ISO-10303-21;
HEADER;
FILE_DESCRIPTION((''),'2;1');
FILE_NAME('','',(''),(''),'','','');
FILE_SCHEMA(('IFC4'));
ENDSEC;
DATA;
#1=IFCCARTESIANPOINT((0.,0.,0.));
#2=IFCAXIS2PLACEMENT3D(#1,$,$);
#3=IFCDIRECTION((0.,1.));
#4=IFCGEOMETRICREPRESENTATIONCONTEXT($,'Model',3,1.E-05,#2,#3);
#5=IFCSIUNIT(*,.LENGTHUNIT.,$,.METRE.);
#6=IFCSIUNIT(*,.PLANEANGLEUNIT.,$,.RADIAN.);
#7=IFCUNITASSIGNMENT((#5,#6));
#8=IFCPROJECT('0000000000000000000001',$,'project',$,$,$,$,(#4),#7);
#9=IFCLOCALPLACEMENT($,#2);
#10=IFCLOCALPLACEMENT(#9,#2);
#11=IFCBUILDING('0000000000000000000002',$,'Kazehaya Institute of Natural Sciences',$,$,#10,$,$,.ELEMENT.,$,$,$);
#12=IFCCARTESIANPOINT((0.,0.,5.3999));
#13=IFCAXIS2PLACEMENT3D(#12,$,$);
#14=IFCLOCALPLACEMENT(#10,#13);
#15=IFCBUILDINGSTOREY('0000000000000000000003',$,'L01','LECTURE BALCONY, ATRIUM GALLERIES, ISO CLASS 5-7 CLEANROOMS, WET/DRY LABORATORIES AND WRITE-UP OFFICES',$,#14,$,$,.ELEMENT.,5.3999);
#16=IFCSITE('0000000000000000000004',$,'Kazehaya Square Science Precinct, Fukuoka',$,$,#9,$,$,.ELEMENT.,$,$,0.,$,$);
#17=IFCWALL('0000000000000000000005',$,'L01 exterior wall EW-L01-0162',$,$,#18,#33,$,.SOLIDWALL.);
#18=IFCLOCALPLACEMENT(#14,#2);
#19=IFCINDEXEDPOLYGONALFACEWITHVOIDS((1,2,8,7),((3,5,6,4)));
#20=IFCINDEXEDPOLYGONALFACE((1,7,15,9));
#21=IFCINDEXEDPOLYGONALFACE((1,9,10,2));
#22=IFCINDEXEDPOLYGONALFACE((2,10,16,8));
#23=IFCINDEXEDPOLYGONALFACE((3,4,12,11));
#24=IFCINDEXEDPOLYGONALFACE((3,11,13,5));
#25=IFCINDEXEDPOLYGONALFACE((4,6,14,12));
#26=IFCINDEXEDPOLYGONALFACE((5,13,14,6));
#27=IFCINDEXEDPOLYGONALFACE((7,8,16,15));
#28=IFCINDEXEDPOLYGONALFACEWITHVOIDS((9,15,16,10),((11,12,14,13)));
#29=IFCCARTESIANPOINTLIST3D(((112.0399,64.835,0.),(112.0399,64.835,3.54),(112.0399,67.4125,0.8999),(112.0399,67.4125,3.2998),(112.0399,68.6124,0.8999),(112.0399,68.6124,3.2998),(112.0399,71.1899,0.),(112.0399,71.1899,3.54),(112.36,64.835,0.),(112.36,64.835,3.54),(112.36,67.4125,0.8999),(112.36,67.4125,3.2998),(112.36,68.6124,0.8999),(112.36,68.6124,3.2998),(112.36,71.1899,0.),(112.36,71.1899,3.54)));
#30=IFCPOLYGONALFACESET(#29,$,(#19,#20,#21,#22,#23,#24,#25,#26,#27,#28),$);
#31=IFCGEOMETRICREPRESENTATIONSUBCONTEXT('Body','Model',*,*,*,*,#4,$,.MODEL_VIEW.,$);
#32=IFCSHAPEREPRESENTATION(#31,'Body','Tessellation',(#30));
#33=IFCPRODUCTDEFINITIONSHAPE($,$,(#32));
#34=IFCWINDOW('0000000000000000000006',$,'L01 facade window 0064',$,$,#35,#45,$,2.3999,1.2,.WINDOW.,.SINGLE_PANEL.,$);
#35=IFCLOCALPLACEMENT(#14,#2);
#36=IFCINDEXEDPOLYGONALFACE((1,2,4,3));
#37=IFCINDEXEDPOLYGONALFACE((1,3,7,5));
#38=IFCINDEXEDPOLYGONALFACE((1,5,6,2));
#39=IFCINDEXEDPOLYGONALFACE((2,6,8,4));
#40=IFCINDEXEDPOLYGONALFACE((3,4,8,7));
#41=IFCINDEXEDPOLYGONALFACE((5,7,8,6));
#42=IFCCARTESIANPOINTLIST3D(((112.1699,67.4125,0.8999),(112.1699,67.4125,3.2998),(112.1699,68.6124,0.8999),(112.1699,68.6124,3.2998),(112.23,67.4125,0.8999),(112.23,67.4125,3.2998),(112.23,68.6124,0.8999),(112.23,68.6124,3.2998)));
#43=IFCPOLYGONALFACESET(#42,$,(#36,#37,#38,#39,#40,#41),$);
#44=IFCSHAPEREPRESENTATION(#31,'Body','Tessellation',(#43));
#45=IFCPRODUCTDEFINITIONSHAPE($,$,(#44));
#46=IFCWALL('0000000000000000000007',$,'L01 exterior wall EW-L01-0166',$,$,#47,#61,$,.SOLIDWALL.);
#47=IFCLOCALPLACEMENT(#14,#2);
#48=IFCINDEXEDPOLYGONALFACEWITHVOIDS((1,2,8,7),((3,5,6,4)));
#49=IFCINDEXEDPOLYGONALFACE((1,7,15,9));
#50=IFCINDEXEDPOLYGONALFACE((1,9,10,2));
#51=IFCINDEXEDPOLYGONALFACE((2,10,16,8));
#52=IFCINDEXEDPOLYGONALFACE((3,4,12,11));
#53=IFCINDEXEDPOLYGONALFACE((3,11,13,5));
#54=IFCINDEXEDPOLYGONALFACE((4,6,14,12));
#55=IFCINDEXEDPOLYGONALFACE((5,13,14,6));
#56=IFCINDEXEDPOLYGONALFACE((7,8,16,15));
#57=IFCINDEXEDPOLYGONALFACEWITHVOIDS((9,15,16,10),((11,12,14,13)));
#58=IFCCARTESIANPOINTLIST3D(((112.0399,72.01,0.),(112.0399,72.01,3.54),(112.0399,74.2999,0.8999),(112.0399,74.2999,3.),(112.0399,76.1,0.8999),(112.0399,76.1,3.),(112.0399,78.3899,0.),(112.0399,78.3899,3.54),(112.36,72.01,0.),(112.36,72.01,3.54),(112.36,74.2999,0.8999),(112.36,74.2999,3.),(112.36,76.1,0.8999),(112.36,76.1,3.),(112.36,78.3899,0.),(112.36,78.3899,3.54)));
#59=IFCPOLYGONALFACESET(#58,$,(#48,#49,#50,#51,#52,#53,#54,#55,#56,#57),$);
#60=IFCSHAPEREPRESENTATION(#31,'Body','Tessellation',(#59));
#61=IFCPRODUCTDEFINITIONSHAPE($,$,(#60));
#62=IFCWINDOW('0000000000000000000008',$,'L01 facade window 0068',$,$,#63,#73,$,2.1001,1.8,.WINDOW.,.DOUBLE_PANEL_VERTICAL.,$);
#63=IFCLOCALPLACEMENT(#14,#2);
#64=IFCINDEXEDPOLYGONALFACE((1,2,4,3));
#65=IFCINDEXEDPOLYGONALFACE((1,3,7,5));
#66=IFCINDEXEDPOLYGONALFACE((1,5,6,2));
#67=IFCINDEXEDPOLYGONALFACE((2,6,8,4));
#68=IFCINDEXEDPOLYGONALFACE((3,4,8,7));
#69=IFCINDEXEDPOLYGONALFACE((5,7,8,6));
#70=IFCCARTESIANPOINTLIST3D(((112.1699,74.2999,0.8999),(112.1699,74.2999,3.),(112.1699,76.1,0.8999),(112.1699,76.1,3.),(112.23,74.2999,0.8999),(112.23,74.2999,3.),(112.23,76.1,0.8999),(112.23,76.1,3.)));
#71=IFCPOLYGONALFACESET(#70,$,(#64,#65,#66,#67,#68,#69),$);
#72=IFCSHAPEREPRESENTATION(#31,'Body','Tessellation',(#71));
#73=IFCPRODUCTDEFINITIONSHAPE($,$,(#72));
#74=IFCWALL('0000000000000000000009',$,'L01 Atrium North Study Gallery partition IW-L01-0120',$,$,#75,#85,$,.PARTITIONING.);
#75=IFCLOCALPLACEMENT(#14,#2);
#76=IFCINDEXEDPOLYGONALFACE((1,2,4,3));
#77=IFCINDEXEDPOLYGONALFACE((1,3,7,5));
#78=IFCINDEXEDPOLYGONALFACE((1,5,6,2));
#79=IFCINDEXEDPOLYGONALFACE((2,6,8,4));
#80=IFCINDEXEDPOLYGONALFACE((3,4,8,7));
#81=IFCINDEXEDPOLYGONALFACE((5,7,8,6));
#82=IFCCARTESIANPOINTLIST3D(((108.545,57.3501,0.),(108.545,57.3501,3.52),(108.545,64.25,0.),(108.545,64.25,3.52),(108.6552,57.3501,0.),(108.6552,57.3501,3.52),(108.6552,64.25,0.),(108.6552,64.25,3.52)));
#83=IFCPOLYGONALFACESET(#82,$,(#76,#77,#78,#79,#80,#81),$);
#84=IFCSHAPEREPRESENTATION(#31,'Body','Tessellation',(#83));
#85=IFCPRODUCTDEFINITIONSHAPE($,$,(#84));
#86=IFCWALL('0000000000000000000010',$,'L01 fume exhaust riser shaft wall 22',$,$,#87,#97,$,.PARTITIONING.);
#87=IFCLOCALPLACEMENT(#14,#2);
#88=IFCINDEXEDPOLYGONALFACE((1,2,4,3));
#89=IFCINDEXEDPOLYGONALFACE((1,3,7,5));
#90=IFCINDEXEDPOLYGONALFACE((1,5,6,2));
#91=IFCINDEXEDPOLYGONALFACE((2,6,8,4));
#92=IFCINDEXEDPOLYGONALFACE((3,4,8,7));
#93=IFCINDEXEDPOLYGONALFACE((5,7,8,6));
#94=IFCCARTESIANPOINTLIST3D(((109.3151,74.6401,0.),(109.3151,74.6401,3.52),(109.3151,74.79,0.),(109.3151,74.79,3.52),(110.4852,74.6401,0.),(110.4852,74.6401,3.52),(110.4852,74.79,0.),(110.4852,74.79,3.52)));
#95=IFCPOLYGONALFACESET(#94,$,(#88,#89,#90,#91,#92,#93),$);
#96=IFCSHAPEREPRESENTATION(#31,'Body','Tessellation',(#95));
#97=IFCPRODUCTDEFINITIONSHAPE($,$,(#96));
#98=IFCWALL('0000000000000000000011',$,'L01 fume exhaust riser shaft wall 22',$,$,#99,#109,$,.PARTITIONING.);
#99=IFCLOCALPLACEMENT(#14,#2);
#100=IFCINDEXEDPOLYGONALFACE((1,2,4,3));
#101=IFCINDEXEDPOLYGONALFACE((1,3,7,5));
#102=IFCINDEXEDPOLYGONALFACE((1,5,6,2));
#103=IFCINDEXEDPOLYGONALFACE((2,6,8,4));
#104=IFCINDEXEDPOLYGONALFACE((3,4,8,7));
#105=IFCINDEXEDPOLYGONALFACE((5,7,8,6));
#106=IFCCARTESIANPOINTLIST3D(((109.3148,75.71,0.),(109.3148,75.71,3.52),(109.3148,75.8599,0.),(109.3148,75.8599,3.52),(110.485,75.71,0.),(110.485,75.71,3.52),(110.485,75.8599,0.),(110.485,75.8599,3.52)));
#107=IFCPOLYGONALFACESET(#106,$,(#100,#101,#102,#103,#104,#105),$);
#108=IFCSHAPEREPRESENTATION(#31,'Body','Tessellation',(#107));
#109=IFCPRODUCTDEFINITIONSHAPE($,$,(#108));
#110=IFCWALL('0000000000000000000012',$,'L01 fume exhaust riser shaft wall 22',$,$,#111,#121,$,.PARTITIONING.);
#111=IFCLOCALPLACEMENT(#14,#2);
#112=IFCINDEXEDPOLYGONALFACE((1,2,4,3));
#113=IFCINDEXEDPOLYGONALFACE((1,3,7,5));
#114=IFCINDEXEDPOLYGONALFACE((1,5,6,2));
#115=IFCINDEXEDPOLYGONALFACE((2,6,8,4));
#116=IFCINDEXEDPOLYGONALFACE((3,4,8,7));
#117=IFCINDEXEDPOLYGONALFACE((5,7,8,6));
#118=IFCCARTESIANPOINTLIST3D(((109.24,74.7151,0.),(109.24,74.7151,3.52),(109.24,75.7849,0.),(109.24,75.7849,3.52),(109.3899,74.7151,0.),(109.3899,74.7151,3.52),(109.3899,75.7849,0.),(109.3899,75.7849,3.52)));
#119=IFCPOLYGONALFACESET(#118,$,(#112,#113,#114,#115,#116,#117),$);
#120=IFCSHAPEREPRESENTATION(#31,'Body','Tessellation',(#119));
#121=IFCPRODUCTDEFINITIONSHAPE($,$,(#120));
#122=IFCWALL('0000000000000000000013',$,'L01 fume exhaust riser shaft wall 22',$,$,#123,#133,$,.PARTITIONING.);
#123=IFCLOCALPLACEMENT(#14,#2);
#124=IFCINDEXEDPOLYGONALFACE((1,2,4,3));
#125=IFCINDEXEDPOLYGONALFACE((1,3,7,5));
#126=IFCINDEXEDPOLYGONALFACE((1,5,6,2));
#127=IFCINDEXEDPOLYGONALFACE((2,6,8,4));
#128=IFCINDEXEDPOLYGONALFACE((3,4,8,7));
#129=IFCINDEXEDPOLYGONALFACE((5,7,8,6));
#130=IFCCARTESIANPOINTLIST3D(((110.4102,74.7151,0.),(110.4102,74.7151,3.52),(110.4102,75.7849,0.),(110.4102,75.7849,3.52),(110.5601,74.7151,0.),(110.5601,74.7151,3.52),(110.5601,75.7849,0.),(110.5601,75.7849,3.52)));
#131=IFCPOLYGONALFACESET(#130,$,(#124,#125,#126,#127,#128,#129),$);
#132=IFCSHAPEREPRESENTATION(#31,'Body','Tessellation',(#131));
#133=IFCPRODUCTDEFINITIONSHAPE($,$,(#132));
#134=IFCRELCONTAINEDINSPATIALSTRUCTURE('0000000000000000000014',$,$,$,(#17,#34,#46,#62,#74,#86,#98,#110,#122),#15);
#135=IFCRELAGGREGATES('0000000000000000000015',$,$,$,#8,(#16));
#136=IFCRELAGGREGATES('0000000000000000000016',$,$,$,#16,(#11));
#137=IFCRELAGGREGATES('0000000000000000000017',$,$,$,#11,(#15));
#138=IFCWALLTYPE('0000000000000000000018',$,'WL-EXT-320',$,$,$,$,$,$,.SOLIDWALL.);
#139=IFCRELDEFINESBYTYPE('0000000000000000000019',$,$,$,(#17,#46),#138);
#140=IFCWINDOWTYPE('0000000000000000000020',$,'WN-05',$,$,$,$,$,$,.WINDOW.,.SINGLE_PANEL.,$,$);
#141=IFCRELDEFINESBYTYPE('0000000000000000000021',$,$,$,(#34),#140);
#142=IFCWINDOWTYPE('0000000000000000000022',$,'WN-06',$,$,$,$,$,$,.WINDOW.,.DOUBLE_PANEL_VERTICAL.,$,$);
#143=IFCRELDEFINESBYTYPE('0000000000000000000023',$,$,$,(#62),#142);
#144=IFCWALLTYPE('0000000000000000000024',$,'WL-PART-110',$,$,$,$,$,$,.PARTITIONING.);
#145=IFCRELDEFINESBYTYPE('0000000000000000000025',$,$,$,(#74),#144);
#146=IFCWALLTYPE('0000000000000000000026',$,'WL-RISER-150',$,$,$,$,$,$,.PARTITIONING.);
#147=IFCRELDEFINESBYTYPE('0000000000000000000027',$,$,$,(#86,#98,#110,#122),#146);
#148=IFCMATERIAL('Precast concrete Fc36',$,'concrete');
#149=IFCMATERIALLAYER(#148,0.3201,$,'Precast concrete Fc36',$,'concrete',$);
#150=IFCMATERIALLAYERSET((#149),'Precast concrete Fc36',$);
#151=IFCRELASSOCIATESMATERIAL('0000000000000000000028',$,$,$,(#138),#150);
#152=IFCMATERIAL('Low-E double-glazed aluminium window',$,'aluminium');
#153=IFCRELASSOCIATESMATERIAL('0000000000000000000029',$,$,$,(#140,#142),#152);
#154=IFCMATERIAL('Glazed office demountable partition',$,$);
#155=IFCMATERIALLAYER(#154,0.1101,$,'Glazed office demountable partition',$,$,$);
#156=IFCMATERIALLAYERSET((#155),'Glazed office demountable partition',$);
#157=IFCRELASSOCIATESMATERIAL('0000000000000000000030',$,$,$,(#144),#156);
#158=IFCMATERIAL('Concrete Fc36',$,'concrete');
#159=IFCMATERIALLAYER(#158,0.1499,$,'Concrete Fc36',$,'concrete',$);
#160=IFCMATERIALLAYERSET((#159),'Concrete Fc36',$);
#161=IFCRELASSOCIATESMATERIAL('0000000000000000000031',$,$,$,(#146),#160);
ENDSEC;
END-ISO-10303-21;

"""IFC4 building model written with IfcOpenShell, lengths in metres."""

from ifc_helpers import new_model, si_unit, direction, frame, frame_2d, origin, place, context, subcontext, project, spatial, rectangle, extrude, material, layer, layer_set, type_object, element, fill, save


model = new_model("IFC4")

# Units and contexts
model_context = context("Model", 3, precision=1e-05, world=origin(), true_north=direction((0.0, 1.0)))
body_context = subcontext(model_context, "Body", "Model", "MODEL_VIEW")
ifc_project = project(units=[si_unit("LENGTHUNIT", "METRE"), si_unit("PLANEANGLEUNIT", "RADIAN")], contexts=[model_context])

# Site, building, storey
site_placement = place(None, origin())
site = spatial("IfcSite", under=ifc_project, at=site_placement, Name="Kazehaya Square Science Precinct, Fukuoka", CompositionType="ELEMENT", RefElevation=0.0)
building_placement = place(site_placement, origin())
building = spatial("IfcBuilding", under=site, at=building_placement, Name="Kazehaya Institute of Natural Sciences", CompositionType="ELEMENT")
storey_placement = place(building_placement, frame((0.0, 0.0, 5.3999)))
storey = spatial("IfcBuildingStorey", under=building, at=storey_placement, Name="L01", Description="LECTURE BALCONY, ATRIUM GALLERIES, ISO CLASS 5-7 CLEANROOMS, WET/DRY LABORATORIES AND WRITE-UP OFFICES", CompositionType="ELEMENT", Elevation=5.3999)

# Shared definitions
ifc_material_1 = material(Name="Concrete Fc36", Category="concrete")

# Walls, openings, windows
ifc_material_2 = material(Name="Precast concrete Fc36", Category="concrete")
ifc_layer_1 = layer(ifc_material_2, 0.3201, Name="Precast concrete Fc36", Category="concrete")
ifc_layer_set_1 = layer_set([ifc_layer_1], Name="Precast concrete Fc36")
wall_type_1 = type_object("IfcWallType", Name="WL-EXT-320", PredefinedType="SOLIDWALL", material=ifc_layer_set_1)
wall_1_placement = place(storey_placement, frame((112.2, 71.1899, 0.0), z_axis=(0.0, 0.0, 1.0), x_axis=(0.0, -1.0, 0.0)))
wall_1 = element("IfcWall", 1, at=wall_1_placement, inside=storey, type_object=wall_type_1, Name="L01 exterior wall EW-L01-0162", PredefinedType="SOLIDWALL", context=body_context, shape_type="SweptSolid", body=[
    extrude(rectangle(XDim=6.355, YDim=0.3201, at=frame_2d((3.1775, 0.0))), origin(), (0.0, 0.0, 1.0), 3.54),
])
opening_1_placement = place(wall_1_placement, frame((2.5774, 0.0, 0.8999)))
opening_1 = element("IfcOpeningElement", 2, at=opening_1_placement, cuts=wall_1, PredefinedType="OPENING", context=body_context, shape_type="SweptSolid", body=[
    extrude(rectangle(XDim=1.2, YDim=2.3999, at=frame_2d((0.6001, 1.2))), frame((0.0, 0.1699, 0.0), z_axis=(0.0, -1.0, 0.0), x_axis=(1.0, 0.0, 0.0)), (0.0, 0.0, 1.0), 0.3401),
])
ifc_material_3 = material(Name="Low-E double-glazed aluminium window", Category="aluminium")
window_type_1 = type_object("IfcWindowType", Name="WN-05", PartitioningType="SINGLE_PANEL", PredefinedType="WINDOW", material=ifc_material_3)
window_1_placement = place(opening_1_placement, origin())
window_1 = element("IfcWindow", 3, at=window_1_placement, inside=storey, type_object=window_type_1, Name="L01 facade window 0064", OverallHeight=2.3999, OverallWidth=1.2, PartitioningType="SINGLE_PANEL", PredefinedType="WINDOW", context=body_context, shape_type="SweptSolid", body=[
    extrude(rectangle(XDim=1.2, YDim=2.3999, at=frame_2d((0.6001, 1.2))), frame((0.0, 0.03, 0.0), z_axis=(0.0, -1.0, 0.0), x_axis=(1.0, 0.0, 0.0)), (0.0, 0.0, 1.0), 0.0601),
])
fill(opening_1, window_1)
wall_2_placement = place(storey_placement, frame((112.2, 78.3899, 0.0), z_axis=(0.0, 0.0, 1.0), x_axis=(0.0, -1.0, 0.0)))
wall_2 = element("IfcWall", 4, at=wall_2_placement, inside=storey, type_object=wall_type_1, Name="L01 exterior wall EW-L01-0166", PredefinedType="SOLIDWALL", context=body_context, shape_type="SweptSolid", body=[
    extrude(rectangle(XDim=6.3799, YDim=0.3201, at=frame_2d((3.1899, 0.0))), origin(), (0.0, 0.0, 1.0), 3.54),
])
opening_2_placement = place(wall_2_placement, frame((2.29, 0.0, 0.8999)))
opening_2 = element("IfcOpeningElement", 5, at=opening_2_placement, cuts=wall_2, PredefinedType="OPENING", context=body_context, shape_type="SweptSolid", body=[
    extrude(rectangle(XDim=1.8, YDim=2.1001, at=frame_2d((0.8999, 1.05))), frame((0.0, 0.1699, 0.0), z_axis=(0.0, -1.0, 0.0), x_axis=(1.0, 0.0, 0.0)), (0.0, 0.0, 1.0), 0.3401),
])
window_type_2 = type_object("IfcWindowType", Name="WN-06", PartitioningType="DOUBLE_PANEL_VERTICAL", PredefinedType="WINDOW", material=ifc_material_3)
window_2_placement = place(opening_2_placement, origin())
window_2 = element("IfcWindow", 6, at=window_2_placement, inside=storey, type_object=window_type_2, Name="L01 facade window 0068", OverallHeight=2.1001, OverallWidth=1.8, PartitioningType="DOUBLE_PANEL_VERTICAL", PredefinedType="WINDOW", context=body_context, shape_type="SweptSolid", body=[
    extrude(rectangle(XDim=1.8, YDim=2.1001, at=frame_2d((0.8999, 1.05))), frame((0.0, 0.03, 0.0), z_axis=(0.0, -1.0, 0.0), x_axis=(1.0, 0.0, 0.0)), (0.0, 0.0, 1.0), 0.0601),
])
fill(opening_2, window_2)

# Walls
ifc_material_4 = material(Name="Glazed office demountable partition")
ifc_layer_2 = layer(ifc_material_4, 0.1101, Name="Glazed office demountable partition")
ifc_layer_set_2 = layer_set([ifc_layer_2], Name="Glazed office demountable partition")
wall_type_2 = type_object("IfcWallType", Name="WL-PART-110", PredefinedType="PARTITIONING", material=ifc_layer_set_2)
wall_3_placement = place(storey_placement, frame((108.6001, 64.25, 0.0), z_axis=(0.0, 0.0, 1.0), x_axis=(0.0, -1.0, 0.0)))
element("IfcWall", 7, at=wall_3_placement, inside=storey, type_object=wall_type_2, Name="L01 Atrium North Study Gallery partition IW-L01-0120", PredefinedType="PARTITIONING", context=body_context, shape_type="SweptSolid", body=[
    extrude(rectangle(XDim=6.8999, YDim=0.1101, at=frame_2d((3.45, 0.0))), origin(), (0.0, 0.0, 1.0), 3.52),
])
ifc_layer_3 = layer(ifc_material_1, 0.1499, Name="Concrete Fc36", Category="concrete")
ifc_layer_set_3 = layer_set([ifc_layer_3], Name="Concrete Fc36")
wall_type_3 = type_object("IfcWallType", Name="WL-RISER-150", PredefinedType="PARTITIONING", material=ifc_layer_set_3)
for number, where, z_axis, x_axis, name in (
    (8, (110.4851, 74.7151, 0.0), (0.0, 0.0, 1.0), (-1.0, 0.0, 0.0), "L01 fume exhaust riser shaft wall 22"),
    (9, (109.3149, 75.7849, 0.0), (0.0, 0.0, 1.0), (1.0, 0.0, 0.0), "L01 fume exhaust riser shaft wall 22"),
):
    element("IfcWall", number, at=place(storey_placement, frame(where, z_axis=z_axis, x_axis=x_axis)), inside=storey, type_object=wall_type_3, Name=name, PredefinedType="PARTITIONING", context=body_context, shape_type="SweptSolid", body=[
        extrude(rectangle(XDim=1.1702, YDim=0.1499, at=frame_2d((0.585, 0.0))), origin(), (0.0, 0.0, 1.0), 3.52),
    ])
for number, where, z_axis, x_axis, name in (
    (10, (109.3149, 74.7151, 0.0), (0.0, 0.0, 1.0), (0.0, 1.0, 0.0), "L01 fume exhaust riser shaft wall 22"),
    (11, (110.4851, 75.7849, 0.0), (0.0, 0.0, 1.0), (0.0, -1.0, 0.0), "L01 fume exhaust riser shaft wall 22"),
):
    element("IfcWall", number, at=place(storey_placement, frame(where, z_axis=z_axis, x_axis=x_axis)), inside=storey, type_object=wall_type_3, Name=name, PredefinedType="PARTITIONING", context=body_context, shape_type="SweptSolid", body=[
        extrude(rectangle(XDim=1.0698, YDim=0.1499, at=frame_2d((0.5349, 0.0))), origin(), (0.0, 0.0, 1.0), 3.52),
    ])

save(model, "model.ifc")
